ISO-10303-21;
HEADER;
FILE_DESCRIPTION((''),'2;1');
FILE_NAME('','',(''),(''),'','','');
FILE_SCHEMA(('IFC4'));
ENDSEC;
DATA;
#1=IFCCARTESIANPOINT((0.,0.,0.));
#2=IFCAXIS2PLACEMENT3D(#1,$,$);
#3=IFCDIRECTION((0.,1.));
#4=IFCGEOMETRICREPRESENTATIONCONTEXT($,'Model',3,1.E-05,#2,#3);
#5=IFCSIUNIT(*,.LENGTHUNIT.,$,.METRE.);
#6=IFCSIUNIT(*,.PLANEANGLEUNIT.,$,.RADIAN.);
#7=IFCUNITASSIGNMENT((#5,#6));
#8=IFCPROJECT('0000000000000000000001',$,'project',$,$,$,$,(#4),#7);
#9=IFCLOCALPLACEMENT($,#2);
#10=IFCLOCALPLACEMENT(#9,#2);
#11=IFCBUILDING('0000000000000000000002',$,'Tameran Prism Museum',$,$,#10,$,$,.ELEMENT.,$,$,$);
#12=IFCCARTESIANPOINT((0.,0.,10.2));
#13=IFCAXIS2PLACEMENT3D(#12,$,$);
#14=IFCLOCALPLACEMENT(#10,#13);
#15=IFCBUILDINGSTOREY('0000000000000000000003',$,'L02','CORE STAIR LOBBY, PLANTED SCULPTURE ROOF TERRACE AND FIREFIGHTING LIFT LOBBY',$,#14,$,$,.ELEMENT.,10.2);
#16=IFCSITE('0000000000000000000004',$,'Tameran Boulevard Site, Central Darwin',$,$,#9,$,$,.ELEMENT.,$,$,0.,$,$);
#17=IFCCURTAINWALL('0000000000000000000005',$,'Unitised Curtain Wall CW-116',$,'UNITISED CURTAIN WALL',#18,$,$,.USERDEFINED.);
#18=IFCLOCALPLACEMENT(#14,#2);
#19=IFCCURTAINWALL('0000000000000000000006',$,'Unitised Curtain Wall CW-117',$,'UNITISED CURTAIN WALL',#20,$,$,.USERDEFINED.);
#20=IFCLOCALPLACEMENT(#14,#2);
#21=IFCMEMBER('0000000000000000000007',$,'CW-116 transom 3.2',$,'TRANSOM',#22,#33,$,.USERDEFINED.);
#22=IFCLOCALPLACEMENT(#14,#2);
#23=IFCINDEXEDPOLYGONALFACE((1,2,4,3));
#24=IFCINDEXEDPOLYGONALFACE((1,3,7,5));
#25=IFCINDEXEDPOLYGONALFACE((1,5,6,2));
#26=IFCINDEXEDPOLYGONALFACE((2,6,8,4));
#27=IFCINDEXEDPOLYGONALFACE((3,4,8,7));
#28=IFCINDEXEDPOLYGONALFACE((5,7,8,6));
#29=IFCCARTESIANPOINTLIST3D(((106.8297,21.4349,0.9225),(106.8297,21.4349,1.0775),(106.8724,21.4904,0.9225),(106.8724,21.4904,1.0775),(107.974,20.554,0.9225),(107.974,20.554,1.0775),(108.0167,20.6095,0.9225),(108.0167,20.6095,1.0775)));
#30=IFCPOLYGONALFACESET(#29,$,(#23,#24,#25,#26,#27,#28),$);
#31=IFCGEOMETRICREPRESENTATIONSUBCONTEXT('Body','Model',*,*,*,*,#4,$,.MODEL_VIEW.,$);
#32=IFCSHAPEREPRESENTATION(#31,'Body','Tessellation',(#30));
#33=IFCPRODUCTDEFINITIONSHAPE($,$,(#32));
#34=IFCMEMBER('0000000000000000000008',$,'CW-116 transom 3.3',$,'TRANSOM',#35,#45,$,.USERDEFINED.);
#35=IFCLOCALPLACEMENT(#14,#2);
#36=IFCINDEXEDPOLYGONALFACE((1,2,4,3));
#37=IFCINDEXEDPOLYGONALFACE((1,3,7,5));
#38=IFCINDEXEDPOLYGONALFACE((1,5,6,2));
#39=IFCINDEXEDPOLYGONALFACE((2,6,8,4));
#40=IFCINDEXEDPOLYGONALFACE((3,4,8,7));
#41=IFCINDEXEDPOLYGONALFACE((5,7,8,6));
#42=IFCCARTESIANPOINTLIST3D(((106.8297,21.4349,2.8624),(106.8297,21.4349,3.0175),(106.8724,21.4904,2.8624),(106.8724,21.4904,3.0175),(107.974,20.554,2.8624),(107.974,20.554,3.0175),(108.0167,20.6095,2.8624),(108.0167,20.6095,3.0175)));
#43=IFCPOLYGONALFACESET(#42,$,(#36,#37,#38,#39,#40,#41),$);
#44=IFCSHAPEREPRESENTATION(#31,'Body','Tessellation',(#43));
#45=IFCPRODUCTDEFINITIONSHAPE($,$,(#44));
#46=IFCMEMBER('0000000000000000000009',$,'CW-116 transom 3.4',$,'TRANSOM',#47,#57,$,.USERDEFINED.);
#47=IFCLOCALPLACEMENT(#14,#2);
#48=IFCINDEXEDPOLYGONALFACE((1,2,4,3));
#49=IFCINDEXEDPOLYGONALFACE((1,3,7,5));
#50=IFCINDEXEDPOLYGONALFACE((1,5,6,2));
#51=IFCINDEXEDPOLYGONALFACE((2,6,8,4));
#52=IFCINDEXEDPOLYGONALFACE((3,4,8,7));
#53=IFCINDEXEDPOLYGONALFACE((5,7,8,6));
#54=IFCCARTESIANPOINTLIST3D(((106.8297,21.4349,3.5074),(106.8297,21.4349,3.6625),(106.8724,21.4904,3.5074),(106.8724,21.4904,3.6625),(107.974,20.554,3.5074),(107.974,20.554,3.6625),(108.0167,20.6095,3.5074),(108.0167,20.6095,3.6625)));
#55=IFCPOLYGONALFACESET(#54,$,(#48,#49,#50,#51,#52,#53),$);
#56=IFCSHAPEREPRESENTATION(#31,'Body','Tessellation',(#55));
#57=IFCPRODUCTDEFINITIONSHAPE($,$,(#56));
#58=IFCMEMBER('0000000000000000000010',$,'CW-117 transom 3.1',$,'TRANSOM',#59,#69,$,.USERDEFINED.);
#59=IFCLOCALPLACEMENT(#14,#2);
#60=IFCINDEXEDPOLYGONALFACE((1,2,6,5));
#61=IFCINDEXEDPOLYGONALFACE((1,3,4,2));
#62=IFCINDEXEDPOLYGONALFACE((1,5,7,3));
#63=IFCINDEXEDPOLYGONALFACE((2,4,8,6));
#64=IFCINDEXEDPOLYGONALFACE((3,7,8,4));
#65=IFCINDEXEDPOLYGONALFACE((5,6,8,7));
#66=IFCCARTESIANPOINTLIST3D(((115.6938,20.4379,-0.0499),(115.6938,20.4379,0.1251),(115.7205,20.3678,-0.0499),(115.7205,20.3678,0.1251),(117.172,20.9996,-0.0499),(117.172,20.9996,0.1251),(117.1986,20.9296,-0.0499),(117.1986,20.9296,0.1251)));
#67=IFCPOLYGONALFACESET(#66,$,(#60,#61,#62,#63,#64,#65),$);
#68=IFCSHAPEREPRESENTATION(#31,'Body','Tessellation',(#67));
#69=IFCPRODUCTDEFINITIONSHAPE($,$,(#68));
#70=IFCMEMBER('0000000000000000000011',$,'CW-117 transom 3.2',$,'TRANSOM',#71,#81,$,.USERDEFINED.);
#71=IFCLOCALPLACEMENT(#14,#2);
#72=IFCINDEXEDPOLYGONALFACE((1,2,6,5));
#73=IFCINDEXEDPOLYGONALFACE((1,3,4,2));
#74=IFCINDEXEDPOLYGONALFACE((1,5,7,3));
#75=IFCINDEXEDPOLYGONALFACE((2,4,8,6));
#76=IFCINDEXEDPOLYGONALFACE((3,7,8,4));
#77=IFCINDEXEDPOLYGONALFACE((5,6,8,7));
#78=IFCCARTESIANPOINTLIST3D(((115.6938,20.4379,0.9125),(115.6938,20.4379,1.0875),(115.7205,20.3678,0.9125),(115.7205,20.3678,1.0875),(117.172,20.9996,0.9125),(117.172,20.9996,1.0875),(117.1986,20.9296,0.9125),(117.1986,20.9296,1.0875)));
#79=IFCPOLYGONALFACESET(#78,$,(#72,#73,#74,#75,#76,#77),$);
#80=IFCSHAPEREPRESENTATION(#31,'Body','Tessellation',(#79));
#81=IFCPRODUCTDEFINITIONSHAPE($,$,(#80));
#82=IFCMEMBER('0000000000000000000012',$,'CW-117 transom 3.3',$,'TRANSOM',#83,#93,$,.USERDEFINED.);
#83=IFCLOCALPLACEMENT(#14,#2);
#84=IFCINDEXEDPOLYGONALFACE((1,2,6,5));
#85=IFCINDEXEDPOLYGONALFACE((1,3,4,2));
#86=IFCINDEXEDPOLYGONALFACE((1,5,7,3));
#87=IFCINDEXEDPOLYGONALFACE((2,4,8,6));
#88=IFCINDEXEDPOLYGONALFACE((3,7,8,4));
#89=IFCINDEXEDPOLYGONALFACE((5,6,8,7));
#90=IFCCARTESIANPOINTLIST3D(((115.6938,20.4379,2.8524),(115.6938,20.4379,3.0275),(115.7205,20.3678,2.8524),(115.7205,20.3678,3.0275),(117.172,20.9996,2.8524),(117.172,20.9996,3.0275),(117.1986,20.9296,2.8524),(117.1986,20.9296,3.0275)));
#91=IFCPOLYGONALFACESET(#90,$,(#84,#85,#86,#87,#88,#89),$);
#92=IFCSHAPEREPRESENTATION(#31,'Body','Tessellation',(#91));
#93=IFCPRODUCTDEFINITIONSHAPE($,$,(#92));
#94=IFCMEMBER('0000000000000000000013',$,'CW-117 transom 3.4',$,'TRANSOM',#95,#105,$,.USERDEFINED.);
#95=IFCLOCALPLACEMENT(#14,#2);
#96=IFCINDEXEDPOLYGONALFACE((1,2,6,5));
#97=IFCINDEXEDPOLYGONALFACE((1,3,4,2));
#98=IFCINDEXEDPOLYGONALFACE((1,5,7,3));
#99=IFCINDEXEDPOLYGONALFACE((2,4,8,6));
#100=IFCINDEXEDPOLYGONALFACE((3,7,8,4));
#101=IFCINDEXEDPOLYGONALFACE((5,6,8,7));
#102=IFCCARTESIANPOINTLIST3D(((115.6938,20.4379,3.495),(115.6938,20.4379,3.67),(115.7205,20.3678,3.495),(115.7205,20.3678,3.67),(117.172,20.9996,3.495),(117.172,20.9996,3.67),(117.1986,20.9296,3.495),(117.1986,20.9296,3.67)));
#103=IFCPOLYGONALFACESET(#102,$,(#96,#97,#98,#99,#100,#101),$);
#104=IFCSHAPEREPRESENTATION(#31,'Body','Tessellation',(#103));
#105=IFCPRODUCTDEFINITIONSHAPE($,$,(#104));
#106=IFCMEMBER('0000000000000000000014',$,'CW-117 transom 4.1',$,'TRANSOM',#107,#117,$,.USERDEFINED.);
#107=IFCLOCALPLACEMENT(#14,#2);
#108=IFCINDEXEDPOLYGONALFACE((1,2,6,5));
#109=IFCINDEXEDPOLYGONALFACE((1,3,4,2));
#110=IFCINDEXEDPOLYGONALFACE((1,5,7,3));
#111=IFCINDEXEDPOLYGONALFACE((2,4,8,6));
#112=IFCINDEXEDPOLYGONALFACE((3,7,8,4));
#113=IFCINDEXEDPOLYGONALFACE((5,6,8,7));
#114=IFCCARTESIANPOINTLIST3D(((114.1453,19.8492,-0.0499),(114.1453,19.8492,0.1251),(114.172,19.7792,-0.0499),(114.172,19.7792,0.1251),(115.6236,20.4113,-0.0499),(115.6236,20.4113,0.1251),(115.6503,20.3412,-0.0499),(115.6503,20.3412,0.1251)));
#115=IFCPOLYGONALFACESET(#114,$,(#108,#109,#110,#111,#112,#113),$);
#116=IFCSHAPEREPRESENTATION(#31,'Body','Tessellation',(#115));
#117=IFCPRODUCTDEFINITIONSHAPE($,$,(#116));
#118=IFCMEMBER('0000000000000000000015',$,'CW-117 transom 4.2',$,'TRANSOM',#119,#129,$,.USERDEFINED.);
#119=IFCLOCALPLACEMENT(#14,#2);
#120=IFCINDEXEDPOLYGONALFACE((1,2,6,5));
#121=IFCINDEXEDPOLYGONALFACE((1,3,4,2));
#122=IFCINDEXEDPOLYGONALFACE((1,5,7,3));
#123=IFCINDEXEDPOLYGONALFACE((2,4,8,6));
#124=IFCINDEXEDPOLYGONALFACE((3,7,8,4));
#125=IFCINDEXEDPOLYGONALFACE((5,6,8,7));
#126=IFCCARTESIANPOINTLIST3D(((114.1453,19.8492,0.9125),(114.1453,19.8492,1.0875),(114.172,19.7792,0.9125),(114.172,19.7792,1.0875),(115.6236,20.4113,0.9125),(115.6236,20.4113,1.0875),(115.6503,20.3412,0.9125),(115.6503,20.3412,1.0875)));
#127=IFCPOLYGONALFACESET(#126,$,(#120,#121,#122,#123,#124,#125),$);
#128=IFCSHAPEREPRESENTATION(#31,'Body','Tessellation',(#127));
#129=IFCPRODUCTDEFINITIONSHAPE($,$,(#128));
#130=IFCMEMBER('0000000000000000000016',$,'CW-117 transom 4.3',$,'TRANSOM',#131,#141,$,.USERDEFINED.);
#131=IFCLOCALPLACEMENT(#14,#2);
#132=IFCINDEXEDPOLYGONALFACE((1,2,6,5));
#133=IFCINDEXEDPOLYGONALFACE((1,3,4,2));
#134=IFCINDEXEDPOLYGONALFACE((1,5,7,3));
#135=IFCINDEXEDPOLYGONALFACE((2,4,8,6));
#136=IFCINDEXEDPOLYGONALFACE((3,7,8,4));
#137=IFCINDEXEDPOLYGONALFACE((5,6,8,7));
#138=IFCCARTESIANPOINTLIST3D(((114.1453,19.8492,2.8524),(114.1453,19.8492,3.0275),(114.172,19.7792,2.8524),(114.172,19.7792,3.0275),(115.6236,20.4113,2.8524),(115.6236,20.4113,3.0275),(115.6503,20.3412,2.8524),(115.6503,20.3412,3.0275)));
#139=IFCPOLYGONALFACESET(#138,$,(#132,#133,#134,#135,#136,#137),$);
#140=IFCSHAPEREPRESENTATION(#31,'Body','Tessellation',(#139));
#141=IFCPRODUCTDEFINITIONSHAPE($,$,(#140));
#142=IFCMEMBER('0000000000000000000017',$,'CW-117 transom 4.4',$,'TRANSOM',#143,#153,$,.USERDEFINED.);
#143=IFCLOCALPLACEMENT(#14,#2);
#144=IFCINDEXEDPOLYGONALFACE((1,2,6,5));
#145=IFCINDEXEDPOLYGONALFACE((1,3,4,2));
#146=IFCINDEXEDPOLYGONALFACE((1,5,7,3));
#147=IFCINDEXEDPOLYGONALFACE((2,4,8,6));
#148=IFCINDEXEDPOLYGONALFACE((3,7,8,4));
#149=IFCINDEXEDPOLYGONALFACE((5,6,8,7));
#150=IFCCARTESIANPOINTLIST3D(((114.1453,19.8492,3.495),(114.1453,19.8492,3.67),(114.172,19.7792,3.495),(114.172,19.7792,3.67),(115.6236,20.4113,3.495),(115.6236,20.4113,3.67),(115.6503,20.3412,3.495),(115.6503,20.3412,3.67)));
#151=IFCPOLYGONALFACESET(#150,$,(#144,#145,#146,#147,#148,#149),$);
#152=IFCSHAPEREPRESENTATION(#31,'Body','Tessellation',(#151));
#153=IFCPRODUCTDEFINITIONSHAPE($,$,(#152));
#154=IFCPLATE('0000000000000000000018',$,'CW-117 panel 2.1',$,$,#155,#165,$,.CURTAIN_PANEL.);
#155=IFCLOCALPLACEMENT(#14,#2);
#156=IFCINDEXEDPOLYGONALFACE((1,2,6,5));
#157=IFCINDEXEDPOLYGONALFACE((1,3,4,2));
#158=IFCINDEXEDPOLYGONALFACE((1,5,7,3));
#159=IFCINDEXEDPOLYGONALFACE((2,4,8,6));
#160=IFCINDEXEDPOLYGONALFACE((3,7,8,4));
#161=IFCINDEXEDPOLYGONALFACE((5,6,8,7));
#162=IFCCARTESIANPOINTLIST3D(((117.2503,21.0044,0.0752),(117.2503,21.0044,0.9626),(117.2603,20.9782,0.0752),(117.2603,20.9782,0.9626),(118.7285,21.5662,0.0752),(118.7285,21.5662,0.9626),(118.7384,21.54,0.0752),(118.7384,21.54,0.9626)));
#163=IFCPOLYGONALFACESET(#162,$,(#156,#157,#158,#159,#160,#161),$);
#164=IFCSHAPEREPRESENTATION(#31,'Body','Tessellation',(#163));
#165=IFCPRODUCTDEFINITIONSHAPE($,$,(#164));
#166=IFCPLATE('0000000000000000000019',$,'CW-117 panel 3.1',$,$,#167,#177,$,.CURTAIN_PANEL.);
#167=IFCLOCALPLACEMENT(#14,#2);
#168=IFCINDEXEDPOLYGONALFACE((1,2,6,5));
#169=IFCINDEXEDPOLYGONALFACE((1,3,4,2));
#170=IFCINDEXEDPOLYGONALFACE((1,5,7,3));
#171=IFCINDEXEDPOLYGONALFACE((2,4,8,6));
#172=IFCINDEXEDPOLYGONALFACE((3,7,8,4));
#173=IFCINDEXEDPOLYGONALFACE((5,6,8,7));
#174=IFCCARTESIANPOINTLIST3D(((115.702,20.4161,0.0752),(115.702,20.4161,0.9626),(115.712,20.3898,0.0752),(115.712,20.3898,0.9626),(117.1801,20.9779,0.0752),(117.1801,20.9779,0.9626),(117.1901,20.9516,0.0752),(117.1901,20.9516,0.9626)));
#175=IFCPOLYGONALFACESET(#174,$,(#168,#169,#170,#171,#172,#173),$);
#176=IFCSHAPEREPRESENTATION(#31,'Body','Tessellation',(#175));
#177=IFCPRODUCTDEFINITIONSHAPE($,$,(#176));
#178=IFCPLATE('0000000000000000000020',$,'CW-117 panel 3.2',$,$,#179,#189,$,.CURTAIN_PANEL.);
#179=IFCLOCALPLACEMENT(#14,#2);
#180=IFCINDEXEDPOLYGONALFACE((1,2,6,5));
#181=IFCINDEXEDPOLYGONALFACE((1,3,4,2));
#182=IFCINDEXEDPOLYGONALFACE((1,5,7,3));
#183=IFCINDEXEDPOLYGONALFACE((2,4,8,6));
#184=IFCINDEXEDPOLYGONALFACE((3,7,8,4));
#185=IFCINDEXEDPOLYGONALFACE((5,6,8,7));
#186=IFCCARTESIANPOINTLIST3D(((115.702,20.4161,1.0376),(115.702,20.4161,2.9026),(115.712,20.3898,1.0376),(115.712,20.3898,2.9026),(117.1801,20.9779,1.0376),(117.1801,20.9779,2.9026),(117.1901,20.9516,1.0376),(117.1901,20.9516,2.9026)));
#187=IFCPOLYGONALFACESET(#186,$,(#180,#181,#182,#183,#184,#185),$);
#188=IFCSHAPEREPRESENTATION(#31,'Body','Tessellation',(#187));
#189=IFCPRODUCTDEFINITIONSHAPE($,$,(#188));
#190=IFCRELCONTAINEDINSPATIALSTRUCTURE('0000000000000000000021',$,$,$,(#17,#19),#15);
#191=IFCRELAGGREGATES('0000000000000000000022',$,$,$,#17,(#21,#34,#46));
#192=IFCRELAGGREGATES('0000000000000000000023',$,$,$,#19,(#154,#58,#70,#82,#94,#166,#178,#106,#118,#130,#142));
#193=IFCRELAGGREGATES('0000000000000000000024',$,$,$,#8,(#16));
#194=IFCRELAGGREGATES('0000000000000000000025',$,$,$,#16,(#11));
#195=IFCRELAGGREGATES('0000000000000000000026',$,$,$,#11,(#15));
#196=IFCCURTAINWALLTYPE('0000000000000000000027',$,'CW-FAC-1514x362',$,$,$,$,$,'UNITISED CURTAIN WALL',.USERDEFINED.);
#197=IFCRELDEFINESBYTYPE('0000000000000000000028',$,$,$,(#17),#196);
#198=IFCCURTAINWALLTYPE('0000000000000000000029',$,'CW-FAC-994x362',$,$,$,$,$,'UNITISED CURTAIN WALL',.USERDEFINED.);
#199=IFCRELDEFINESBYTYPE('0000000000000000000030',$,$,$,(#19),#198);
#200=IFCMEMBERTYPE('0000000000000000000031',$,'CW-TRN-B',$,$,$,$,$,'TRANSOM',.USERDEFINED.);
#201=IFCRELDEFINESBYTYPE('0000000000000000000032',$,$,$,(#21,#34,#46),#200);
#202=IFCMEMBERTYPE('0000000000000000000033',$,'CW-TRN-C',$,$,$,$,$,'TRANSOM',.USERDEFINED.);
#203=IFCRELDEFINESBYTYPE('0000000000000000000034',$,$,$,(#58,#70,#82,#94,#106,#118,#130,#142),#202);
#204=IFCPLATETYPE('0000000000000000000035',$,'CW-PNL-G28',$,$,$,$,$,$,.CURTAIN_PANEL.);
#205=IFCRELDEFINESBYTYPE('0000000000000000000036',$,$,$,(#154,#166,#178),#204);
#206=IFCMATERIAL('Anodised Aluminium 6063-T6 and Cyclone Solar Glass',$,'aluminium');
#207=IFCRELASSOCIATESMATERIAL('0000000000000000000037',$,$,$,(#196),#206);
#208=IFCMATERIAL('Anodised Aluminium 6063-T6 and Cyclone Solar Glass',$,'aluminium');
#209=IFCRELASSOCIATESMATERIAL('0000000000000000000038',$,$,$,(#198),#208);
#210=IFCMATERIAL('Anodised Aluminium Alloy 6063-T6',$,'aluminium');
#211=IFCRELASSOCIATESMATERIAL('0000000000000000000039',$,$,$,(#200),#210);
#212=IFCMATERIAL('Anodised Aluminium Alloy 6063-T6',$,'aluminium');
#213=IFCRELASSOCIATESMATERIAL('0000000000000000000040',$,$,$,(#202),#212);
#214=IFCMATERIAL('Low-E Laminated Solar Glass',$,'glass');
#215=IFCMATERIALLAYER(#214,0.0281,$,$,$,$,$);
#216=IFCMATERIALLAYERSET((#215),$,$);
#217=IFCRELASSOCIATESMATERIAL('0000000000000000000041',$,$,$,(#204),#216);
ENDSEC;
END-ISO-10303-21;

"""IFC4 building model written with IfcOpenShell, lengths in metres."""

from ifc_helpers import new_model, si_unit, direction, frame, origin, origin_2d, place, context, subcontext, project, spatial, rectangle, extrude, material, layer, layer_set, material_profile, profile_set, type_object, element, aggregate, save


model = new_model("IFC4")

# Units and contexts
model_context = context("Model", 3, precision=1e-05, world=origin(), true_north=direction((0.0, 1.0)))
body_context = subcontext(model_context, "Body", "Model", "MODEL_VIEW")
ifc_project = project(units=[si_unit("LENGTHUNIT", "METRE"), si_unit("PLANEANGLEUNIT", "RADIAN")], contexts=[model_context])

# Site, building, storey
site_placement = place(None, origin())
site = spatial("IfcSite", under=ifc_project, at=site_placement, Name="Tameran Boulevard Site, Central Darwin", CompositionType="ELEMENT", RefElevation=0.0)
building_placement = place(site_placement, origin())
building = spatial("IfcBuilding", under=site, at=building_placement, Name="Tameran Prism Museum", CompositionType="ELEMENT")
storey_placement = place(building_placement, frame((0.0, 0.0, 10.2)))
storey = spatial("IfcBuildingStorey", under=building, at=storey_placement, Name="L02", Description="CORE STAIR LOBBY, PLANTED SCULPTURE ROOF TERRACE AND FIREFIGHTING LIFT LOBBY", CompositionType="ELEMENT", Elevation=10.2)

# Curtain wall
ifc_material_1 = material(Name="Anodised Aluminium 6063-T6 and Cyclone Solar Glass", Category="aluminium")
curtain_wall_type_1 = type_object("IfcCurtainWallType", Name="CW-FAC-1514x362", ElementType="UNITISED CURTAIN WALL", PredefinedType="USERDEFINED", material=ifc_material_1)
curtain_wall_1_placement = place(storey_placement, origin())
curtain_wall_1 = element("IfcCurtainWall", 1, at=curtain_wall_1_placement, inside=storey, type_object=curtain_wall_type_1, Name="Unitised Curtain Wall CW-116", ObjectType="UNITISED CURTAIN WALL", PredefinedType="USERDEFINED")

# Curtain wall
ifc_material_2 = material(Name="Anodised Aluminium 6063-T6 and Cyclone Solar Glass", Category="aluminium")
curtain_wall_type_2 = type_object("IfcCurtainWallType", Name="CW-FAC-994x362", ElementType="UNITISED CURTAIN WALL", PredefinedType="USERDEFINED", material=ifc_material_2)
curtain_wall_2_placement = place(storey_placement, origin())
curtain_wall_2 = element("IfcCurtainWall", 2, at=curtain_wall_2_placement, inside=storey, type_object=curtain_wall_type_2, Name="Unitised Curtain Wall CW-117", ObjectType="UNITISED CURTAIN WALL", PredefinedType="USERDEFINED")

# Members
ifc_material_3 = material(Name="Anodised Aluminium Alloy 6063-T6", Category="aluminium")
ifc_material_profile_1 = material_profile(ifc_material_3, rectangle(XDim=0.0701, YDim=0.155, at=origin_2d()))
ifc_profile_set_1 = profile_set([ifc_material_profile_1])
member_type_1 = type_object("IfcMemberType", Name="CW-TRN-B", ElementType="TRANSOM", PredefinedType="USERDEFINED", material=ifc_profile_set_1)
member_1_placement = place(storey_placement, frame((107.9954, 20.5818, 1.0), z_axis=(-0.79241, 0.609989, 0.0), x_axis=(-0.609989, -0.79241, 0.0)))
member_1 = element("IfcMember", 3, at=member_1_placement, type_object=member_type_1, Name="CW-116 transom 3.2", ObjectType="TRANSOM", PredefinedType="USERDEFINED", context=body_context, shape_type="SweptSolid", body=[
    extrude(rectangle(XDim=0.0701, YDim=0.155, at=origin_2d()), origin(), (0.0, 0.0, 1.0), 1.4441),
])
member_2_placement = place(storey_placement, frame((107.9954, 20.5818, 2.9399), z_axis=(-0.79241, 0.609989, 0.0), x_axis=(-0.609989, -0.79241, 0.0)))
member_2 = element("IfcMember", 4, at=member_2_placement, type_object=member_type_1, Name="CW-116 transom 3.3", ObjectType="TRANSOM", PredefinedType="USERDEFINED", context=body_context, shape_type="SweptSolid", body=[
    extrude(rectangle(XDim=0.0701, YDim=0.155, at=origin_2d()), origin(), (0.0, 0.0, 1.0), 1.4441),
])
member_3_placement = place(storey_placement, frame((107.9954, 20.5818, 3.585), z_axis=(-0.79241, 0.609989, 0.0), x_axis=(-0.609989, -0.79241, 0.0)))
member_3 = element("IfcMember", 5, at=member_3_placement, type_object=member_type_1, Name="CW-116 transom 3.4", ObjectType="TRANSOM", PredefinedType="USERDEFINED", context=body_context, shape_type="SweptSolid", body=[
    extrude(rectangle(XDim=0.0701, YDim=0.155, at=origin_2d()), origin(), (0.0, 0.0, 1.0), 1.4441),
])
aggregate(curtain_wall_1, [member_1, member_2, member_3])
ifc_material_4 = material(Name="Anodised Aluminium Alloy 6063-T6", Category="aluminium")
ifc_material_profile_2 = material_profile(ifc_material_4, rectangle(XDim=0.075, YDim=0.175, at=origin_2d()))
ifc_profile_set_2 = profile_set([ifc_material_profile_2])
member_type_2 = type_object("IfcMemberType", Name="CW-TRN-C", ElementType="TRANSOM", PredefinedType="USERDEFINED", material=ifc_profile_set_2)
member_4_placement = place(storey_placement, frame((117.1853, 20.9646, 0.0376), z_axis=(-0.934778, -0.355231, 0.0), x_axis=(0.355231, -0.934778, 0.0)))
member_4 = element("IfcMember", 6, at=member_4_placement, type_object=member_type_2, Name="CW-117 transom 3.1", ObjectType="TRANSOM", PredefinedType="USERDEFINED", context=body_context, shape_type="SweptSolid", body=[
    extrude(rectangle(XDim=0.075, YDim=0.175, at=origin_2d()), origin(), (0.0, 0.0, 1.0), 1.5813),
])
member_5_placement = place(storey_placement, frame((117.1853, 20.9646, 1.0), z_axis=(-0.934778, -0.355231, 0.0), x_axis=(0.355231, -0.934778, 0.0)))
member_5 = element("IfcMember", 7, at=member_5_placement, type_object=member_type_2, Name="CW-117 transom 3.2", ObjectType="TRANSOM", PredefinedType="USERDEFINED", context=body_context, shape_type="SweptSolid", body=[
    extrude(rectangle(XDim=0.075, YDim=0.175, at=origin_2d()), origin(), (0.0, 0.0, 1.0), 1.5813),
])
member_6_placement = place(storey_placement, frame((117.1853, 20.9646, 2.9399), z_axis=(-0.934778, -0.355231, 0.0), x_axis=(0.355231, -0.934778, 0.0)))
member_6 = element("IfcMember", 8, at=member_6_placement, type_object=member_type_2, Name="CW-117 transom 3.3", ObjectType="TRANSOM", PredefinedType="USERDEFINED", context=body_context, shape_type="SweptSolid", body=[
    extrude(rectangle(XDim=0.075, YDim=0.175, at=origin_2d()), origin(), (0.0, 0.0, 1.0), 1.5813),
])
member_7_placement = place(storey_placement, frame((117.1853, 20.9646, 3.5825), z_axis=(-0.934778, -0.355231, 0.0), x_axis=(0.355231, -0.934778, 0.0)))
member_7 = element("IfcMember", 9, at=member_7_placement, type_object=member_type_2, Name="CW-117 transom 3.4", ObjectType="TRANSOM", PredefinedType="USERDEFINED", context=body_context, shape_type="SweptSolid", body=[
    extrude(rectangle(XDim=0.075, YDim=0.175, at=origin_2d()), origin(), (0.0, 0.0, 1.0), 1.5813),
])
member_8_placement = place(storey_placement, frame((115.637, 20.3762, 0.0376), z_axis=(-0.934727, -0.355366, 0.0), x_axis=(0.355366, -0.934727, 0.0)))
member_8 = element("IfcMember", 10, at=member_8_placement, type_object=member_type_2, Name="CW-117 transom 4.1", ObjectType="TRANSOM", PredefinedType="USERDEFINED", context=body_context, shape_type="SweptSolid", body=[
    extrude(rectangle(XDim=0.075, YDim=0.175, at=origin_2d()), origin(), (0.0, 0.0, 1.0), 1.5815),
])
member_9_placement = place(storey_placement, frame((115.637, 20.3762, 1.0), z_axis=(-0.934727, -0.355366, 0.0), x_axis=(0.355366, -0.934727, 0.0)))
member_9 = element("IfcMember", 11, at=member_9_placement, type_object=member_type_2, Name="CW-117 transom 4.2", ObjectType="TRANSOM", PredefinedType="USERDEFINED", context=body_context, shape_type="SweptSolid", body=[
    extrude(rectangle(XDim=0.075, YDim=0.175, at=origin_2d()), origin(), (0.0, 0.0, 1.0), 1.5815),
])
member_10_placement = place(storey_placement, frame((115.637, 20.3762, 2.9399), z_axis=(-0.934727, -0.355366, 0.0), x_axis=(0.355366, -0.934727, 0.0)))
member_10 = element("IfcMember", 12, at=member_10_placement, type_object=member_type_2, Name="CW-117 transom 4.3", ObjectType="TRANSOM", PredefinedType="USERDEFINED", context=body_context, shape_type="SweptSolid", body=[
    extrude(rectangle(XDim=0.075, YDim=0.175, at=origin_2d()), origin(), (0.0, 0.0, 1.0), 1.5815),
])
member_11_placement = place(storey_placement, frame((115.637, 20.3762, 3.5825), z_axis=(-0.934727, -0.355366, 0.0), x_axis=(0.355366, -0.934727, 0.0)))
member_11 = element("IfcMember", 13, at=member_11_placement, type_object=member_type_2, Name="CW-117 transom 4.4", ObjectType="TRANSOM", PredefinedType="USERDEFINED", context=body_context, shape_type="SweptSolid", body=[
    extrude(rectangle(XDim=0.075, YDim=0.175, at=origin_2d()), origin(), (0.0, 0.0, 1.0), 1.5815),
])

# Plates
ifc_material_5 = material(Name="Low-E Laminated Solar Glass", Category="glass")
ifc_layer_1 = layer(ifc_material_5, 0.0281)
ifc_layer_set_1 = layer_set([ifc_layer_1])
plate_type = type_object("IfcPlateType", Name="CW-PNL-G28", PredefinedType="CURTAIN_PANEL", material=ifc_layer_set_1)
plate_1_placement = place(storey_placement, frame((117.9944, 21.2722, 0.0752), z_axis=(0.0, 0.0, 1.0), x_axis=(-0.934757, -0.355288, 0.0)))
plate_1 = element("IfcPlate", 14, at=plate_1_placement, type_object=plate_type, Name="CW-117 panel 2.1", PredefinedType="CURTAIN_PANEL", context=body_context, shape_type="SweptSolid", body=[
    extrude(rectangle(XDim=1.5813, YDim=0.0281, at=origin_2d()), origin(), (0.0, 0.0, 1.0), 0.8875),
])
plate_2_placement = place(storey_placement, frame((116.446, 20.6838, 0.0752), z_axis=(0.0, 0.0, 1.0), x_axis=(-0.934757, -0.355288, 0.0)))
plate_2 = element("IfcPlate", 15, at=plate_2_placement, type_object=plate_type, Name="CW-117 panel 3.1", PredefinedType="CURTAIN_PANEL", context=body_context, shape_type="SweptSolid", body=[
    extrude(rectangle(XDim=1.5813, YDim=0.0281, at=origin_2d()), origin(), (0.0, 0.0, 1.0), 0.8875),
])
plate_3_placement = place(storey_placement, frame((116.446, 20.6838, 1.0376), z_axis=(0.0, 0.0, 1.0), x_axis=(-0.934757, -0.355288, 0.0)))
plate_3 = element("IfcPlate", 16, at=plate_3_placement, type_object=plate_type, Name="CW-117 panel 3.2", PredefinedType="CURTAIN_PANEL", context=body_context, shape_type="SweptSolid", body=[
    extrude(rectangle(XDim=1.5813, YDim=0.0281, at=origin_2d()), origin(), (0.0, 0.0, 1.0), 1.865),
])
aggregate(curtain_wall_2, [plate_1, member_4, member_5, member_6, member_7, plate_2, plate_3, member_8, member_9, member_10, member_11])

save(model, "model.ifc")
